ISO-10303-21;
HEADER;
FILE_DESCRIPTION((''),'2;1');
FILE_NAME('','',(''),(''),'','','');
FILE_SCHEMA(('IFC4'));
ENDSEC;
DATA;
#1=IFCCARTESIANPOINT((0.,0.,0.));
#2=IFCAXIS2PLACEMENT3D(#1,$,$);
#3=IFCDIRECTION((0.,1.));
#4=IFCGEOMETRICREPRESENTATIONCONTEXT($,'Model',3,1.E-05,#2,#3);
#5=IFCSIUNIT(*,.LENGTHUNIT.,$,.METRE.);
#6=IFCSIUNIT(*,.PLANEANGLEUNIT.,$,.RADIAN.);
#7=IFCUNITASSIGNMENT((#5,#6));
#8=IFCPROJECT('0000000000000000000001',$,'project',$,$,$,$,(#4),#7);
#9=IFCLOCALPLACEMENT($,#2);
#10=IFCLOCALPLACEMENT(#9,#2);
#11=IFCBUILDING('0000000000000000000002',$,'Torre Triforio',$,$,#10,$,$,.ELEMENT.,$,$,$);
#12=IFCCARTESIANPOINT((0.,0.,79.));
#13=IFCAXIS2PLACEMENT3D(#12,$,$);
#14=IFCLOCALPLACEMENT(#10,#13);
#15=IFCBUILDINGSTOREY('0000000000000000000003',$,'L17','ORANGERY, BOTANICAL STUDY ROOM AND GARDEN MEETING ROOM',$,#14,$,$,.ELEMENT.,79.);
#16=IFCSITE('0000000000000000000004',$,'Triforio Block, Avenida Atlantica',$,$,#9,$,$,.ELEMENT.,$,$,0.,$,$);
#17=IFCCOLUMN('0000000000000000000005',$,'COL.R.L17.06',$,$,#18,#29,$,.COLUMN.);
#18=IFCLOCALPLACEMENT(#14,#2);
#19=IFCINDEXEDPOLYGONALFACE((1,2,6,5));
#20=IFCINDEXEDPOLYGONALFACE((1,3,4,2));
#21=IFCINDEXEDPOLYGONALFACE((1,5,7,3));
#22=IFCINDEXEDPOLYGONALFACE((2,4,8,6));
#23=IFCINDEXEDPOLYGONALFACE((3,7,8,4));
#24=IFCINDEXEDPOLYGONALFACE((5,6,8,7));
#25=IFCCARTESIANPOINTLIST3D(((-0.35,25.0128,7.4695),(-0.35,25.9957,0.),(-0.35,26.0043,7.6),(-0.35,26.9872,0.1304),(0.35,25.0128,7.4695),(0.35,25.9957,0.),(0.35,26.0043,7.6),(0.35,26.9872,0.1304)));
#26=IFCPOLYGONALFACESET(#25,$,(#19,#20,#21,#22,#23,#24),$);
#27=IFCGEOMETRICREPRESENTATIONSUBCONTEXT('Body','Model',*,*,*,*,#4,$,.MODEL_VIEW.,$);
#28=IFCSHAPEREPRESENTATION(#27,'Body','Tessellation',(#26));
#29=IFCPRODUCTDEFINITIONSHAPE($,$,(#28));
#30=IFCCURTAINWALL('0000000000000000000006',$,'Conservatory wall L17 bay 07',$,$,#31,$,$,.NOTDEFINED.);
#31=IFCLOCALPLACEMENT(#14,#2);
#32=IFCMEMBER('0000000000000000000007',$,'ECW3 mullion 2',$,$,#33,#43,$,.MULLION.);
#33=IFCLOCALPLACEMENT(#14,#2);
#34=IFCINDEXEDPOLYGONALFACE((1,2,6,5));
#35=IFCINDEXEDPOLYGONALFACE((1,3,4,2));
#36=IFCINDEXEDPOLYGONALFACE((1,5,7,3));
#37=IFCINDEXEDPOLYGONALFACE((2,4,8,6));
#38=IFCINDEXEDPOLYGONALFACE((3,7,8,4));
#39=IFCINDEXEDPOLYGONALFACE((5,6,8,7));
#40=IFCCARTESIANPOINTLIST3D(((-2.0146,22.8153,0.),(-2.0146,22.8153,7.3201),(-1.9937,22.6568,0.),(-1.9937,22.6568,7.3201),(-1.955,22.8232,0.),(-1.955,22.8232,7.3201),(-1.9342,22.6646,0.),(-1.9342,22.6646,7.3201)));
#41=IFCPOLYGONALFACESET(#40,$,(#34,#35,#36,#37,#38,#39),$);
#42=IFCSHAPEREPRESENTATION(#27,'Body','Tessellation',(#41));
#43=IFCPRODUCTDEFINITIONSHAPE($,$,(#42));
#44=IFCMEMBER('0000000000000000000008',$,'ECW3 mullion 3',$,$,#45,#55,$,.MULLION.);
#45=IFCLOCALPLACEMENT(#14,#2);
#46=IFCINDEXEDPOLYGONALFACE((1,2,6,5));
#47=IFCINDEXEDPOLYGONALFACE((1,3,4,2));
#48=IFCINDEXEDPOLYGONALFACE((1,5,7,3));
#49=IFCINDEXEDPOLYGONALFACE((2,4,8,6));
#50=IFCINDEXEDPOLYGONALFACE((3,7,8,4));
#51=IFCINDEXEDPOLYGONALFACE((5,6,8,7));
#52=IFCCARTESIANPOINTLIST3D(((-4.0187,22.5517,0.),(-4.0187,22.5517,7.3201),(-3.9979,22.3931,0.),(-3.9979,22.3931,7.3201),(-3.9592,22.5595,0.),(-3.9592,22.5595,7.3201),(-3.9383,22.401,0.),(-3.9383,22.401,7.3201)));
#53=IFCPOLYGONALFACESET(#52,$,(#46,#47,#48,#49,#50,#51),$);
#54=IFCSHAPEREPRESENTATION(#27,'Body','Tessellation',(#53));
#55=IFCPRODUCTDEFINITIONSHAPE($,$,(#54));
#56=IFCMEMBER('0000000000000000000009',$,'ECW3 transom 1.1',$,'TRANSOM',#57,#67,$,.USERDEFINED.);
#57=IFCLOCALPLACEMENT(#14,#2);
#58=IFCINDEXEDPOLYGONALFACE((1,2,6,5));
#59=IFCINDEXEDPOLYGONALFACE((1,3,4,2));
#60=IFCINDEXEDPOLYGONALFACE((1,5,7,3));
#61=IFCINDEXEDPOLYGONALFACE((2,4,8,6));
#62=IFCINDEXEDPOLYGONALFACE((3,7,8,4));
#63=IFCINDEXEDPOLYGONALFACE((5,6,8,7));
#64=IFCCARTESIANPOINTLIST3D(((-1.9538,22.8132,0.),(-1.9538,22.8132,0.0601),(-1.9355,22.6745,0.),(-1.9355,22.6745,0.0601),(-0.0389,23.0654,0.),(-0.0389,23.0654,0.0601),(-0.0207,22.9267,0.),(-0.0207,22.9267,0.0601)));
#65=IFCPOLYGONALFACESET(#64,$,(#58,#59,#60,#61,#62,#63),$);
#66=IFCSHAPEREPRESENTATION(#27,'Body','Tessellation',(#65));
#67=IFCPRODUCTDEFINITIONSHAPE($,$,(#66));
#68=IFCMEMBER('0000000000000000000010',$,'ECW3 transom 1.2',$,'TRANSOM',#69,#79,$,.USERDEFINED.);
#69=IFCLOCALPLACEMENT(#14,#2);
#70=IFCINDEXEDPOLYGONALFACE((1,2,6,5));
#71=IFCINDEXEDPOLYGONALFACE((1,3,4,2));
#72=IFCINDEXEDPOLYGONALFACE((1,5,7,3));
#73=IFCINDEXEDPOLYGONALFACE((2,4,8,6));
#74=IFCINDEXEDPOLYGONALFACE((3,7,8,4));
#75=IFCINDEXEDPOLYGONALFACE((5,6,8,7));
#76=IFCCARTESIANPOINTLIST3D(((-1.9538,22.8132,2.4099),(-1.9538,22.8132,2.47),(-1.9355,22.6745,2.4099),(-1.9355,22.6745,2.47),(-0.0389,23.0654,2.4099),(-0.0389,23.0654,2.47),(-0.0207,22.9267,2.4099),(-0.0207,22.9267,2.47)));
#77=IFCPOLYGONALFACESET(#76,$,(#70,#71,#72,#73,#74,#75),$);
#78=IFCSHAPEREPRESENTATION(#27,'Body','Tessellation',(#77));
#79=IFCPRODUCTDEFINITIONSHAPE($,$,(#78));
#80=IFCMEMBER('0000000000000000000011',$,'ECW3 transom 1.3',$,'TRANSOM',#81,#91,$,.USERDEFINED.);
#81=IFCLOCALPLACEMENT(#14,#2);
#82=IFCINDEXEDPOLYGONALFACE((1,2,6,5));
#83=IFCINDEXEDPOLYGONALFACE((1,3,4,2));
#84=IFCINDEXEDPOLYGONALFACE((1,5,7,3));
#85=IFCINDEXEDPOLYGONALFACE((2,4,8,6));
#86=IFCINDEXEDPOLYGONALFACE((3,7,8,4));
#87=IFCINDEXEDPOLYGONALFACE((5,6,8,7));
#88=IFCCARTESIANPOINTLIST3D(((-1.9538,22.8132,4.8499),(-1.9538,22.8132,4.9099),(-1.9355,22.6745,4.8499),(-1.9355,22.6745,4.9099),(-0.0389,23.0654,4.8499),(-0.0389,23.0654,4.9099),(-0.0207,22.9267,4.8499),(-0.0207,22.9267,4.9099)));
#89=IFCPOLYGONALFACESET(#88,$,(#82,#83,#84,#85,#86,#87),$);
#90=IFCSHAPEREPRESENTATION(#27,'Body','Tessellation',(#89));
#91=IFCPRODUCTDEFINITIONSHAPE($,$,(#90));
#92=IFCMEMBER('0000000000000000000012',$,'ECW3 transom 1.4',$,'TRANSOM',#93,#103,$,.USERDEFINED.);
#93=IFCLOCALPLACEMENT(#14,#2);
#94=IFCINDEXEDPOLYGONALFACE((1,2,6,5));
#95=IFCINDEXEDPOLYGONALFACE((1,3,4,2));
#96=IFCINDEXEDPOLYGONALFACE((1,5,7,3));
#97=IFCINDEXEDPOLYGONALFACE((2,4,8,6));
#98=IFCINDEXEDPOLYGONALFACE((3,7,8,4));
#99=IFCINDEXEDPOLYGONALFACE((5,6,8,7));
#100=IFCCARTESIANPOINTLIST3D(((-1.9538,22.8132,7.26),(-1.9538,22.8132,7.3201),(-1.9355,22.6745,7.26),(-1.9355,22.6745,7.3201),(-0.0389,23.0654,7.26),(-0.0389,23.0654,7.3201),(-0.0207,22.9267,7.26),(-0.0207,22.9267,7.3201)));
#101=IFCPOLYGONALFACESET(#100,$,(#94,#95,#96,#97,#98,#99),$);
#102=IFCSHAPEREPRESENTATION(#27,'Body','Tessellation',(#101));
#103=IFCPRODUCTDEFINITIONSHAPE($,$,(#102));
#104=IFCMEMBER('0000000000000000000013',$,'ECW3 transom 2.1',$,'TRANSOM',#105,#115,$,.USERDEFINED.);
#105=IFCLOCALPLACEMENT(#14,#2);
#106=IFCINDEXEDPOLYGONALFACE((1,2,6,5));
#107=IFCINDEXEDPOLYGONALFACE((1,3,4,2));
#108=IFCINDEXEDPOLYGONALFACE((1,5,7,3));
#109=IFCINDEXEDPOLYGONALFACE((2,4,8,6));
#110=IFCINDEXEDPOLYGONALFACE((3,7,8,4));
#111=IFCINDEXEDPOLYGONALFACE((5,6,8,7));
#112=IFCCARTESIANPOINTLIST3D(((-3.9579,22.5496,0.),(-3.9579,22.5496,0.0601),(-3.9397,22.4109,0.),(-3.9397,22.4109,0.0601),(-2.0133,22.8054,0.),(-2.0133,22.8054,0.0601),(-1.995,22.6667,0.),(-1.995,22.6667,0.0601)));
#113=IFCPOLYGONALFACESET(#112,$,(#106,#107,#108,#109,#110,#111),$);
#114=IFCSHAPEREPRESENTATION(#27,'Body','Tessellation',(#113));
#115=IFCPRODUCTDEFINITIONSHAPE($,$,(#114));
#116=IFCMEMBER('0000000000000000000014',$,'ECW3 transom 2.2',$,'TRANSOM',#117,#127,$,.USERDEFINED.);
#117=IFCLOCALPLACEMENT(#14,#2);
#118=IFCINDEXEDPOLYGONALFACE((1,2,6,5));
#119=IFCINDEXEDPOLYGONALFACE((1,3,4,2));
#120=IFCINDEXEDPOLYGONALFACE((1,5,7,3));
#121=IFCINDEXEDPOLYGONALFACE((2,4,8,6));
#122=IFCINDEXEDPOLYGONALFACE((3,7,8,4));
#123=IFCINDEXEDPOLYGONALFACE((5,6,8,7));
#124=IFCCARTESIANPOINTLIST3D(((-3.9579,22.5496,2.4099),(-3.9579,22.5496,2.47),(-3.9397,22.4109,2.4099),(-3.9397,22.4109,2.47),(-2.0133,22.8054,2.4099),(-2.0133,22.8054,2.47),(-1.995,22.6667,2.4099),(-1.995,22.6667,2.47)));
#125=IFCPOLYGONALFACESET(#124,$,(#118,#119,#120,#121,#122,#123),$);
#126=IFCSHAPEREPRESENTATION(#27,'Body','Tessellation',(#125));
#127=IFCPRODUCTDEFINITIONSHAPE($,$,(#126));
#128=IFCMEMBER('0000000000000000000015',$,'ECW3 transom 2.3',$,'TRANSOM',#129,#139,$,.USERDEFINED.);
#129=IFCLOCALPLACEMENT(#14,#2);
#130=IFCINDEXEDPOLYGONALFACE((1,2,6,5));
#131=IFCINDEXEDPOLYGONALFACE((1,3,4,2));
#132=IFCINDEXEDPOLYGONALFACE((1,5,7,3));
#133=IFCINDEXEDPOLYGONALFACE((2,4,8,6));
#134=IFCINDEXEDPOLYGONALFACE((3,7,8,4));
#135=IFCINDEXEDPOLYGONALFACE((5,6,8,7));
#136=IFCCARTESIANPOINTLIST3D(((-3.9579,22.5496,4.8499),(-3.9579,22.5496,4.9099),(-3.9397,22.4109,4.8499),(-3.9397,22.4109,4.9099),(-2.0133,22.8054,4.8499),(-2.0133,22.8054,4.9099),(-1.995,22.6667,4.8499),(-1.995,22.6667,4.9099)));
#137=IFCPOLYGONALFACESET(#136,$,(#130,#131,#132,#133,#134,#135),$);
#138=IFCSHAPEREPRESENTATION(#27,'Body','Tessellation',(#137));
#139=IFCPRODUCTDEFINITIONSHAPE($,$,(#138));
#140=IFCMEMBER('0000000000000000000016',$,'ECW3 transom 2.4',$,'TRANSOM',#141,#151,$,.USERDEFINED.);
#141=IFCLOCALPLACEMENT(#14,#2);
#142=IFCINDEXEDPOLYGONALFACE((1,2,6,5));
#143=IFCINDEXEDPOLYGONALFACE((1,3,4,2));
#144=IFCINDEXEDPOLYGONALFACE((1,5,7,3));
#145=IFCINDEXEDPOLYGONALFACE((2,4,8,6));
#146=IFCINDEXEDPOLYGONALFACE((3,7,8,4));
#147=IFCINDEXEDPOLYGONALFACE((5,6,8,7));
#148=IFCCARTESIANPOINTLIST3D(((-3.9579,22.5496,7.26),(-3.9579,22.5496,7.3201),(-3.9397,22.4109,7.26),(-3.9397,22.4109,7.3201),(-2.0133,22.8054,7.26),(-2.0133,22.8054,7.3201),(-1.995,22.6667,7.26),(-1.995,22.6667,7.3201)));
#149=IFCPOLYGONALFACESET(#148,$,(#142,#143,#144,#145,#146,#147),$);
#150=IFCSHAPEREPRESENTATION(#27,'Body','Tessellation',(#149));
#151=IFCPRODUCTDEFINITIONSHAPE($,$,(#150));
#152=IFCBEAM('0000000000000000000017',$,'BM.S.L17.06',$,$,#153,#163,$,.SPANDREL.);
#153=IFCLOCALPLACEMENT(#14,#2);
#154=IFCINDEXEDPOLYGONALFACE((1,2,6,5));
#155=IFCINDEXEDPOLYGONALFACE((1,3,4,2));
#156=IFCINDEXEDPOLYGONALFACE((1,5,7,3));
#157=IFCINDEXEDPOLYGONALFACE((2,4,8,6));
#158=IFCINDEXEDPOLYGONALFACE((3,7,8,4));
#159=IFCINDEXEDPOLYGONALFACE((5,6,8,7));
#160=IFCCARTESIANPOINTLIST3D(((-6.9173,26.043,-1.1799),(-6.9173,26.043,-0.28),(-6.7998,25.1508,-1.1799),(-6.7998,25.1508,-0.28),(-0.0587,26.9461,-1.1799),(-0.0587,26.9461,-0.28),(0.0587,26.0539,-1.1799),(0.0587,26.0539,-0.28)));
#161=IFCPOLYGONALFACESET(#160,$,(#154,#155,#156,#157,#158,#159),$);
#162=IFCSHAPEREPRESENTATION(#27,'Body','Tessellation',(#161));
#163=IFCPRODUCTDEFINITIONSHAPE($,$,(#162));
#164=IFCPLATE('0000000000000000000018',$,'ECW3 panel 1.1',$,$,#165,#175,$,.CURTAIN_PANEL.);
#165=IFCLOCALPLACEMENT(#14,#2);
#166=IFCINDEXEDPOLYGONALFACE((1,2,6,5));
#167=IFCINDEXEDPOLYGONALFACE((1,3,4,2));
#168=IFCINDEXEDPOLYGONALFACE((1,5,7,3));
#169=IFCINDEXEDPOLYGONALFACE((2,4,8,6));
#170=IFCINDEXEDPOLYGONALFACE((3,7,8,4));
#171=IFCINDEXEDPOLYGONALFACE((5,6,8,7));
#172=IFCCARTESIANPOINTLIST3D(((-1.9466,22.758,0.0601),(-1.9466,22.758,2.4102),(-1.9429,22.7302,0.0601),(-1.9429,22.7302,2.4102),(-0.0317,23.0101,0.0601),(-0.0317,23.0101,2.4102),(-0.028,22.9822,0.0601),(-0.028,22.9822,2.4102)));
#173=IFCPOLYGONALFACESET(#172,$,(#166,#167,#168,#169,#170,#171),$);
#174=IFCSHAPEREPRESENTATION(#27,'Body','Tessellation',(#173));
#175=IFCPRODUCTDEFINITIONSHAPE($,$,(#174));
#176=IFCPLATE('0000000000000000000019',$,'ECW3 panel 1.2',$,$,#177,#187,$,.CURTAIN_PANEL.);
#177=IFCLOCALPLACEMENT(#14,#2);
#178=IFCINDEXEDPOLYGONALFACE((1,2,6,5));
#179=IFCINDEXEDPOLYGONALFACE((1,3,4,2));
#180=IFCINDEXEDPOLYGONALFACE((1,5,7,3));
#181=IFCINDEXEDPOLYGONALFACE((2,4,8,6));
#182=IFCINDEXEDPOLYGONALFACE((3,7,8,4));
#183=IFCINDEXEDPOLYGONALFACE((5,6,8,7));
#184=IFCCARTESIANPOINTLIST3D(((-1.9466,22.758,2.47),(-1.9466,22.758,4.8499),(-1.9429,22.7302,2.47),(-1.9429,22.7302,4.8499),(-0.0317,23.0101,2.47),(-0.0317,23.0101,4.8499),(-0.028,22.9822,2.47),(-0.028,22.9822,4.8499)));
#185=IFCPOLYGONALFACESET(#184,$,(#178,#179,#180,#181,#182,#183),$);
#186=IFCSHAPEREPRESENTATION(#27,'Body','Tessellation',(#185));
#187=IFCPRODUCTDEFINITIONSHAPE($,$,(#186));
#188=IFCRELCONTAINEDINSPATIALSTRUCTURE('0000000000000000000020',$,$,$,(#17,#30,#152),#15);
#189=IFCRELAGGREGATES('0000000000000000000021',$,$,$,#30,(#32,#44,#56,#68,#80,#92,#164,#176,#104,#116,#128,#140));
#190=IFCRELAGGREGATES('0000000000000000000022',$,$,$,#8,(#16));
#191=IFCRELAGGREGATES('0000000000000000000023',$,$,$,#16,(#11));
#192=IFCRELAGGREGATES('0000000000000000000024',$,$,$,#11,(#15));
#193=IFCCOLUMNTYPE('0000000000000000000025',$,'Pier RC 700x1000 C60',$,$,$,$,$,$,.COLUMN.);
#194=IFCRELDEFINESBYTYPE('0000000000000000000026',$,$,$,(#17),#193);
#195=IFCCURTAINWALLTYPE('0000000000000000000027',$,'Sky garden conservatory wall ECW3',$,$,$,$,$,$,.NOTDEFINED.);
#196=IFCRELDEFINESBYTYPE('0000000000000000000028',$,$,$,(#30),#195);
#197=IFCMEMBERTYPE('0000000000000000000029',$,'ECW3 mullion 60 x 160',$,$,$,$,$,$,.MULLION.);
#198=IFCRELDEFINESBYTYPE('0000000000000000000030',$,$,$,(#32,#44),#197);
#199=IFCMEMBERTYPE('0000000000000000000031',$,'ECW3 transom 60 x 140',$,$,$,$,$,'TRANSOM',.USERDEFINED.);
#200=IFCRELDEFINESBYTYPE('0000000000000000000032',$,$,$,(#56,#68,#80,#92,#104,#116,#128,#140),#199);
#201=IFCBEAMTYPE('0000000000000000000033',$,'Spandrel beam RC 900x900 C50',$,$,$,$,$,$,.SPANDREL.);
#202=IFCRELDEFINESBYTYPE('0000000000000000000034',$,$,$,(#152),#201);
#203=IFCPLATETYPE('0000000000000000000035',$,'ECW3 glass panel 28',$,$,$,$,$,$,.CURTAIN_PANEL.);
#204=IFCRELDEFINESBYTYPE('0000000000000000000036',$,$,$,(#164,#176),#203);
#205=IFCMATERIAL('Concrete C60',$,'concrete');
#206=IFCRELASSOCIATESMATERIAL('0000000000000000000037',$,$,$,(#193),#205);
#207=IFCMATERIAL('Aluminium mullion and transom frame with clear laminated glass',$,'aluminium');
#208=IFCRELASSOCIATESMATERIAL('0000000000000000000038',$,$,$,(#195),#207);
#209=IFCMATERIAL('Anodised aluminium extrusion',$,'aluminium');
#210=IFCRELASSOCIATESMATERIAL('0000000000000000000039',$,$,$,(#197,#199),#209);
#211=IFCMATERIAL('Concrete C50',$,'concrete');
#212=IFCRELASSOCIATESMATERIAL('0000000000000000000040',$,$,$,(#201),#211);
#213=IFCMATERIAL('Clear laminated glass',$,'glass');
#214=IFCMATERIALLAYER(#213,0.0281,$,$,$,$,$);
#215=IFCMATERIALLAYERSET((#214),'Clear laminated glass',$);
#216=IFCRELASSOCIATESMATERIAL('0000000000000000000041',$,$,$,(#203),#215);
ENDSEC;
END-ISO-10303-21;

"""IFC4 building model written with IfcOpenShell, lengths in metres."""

from ifc_helpers import new_model, si_unit, direction, frame, origin, origin_2d, place, context, subcontext, project, spatial, rectangle, extrude, material, layer, layer_set, material_profile, profile_set, type_object, element, aggregate, save


model = new_model("IFC4")

# Units and contexts
model_context = context("Model", 3, precision=1e-05, world=origin(), true_north=direction((0.0, 1.0)))
body_context = subcontext(model_context, "Body", "Model", "MODEL_VIEW")
ifc_project = project(units=[si_unit("LENGTHUNIT", "METRE"), si_unit("PLANEANGLEUNIT", "RADIAN")], contexts=[model_context])

# Site, building, storey
site_placement = place(None, origin())
site = spatial("IfcSite", under=ifc_project, at=site_placement, Name="Triforio Block, Avenida Atlantica", CompositionType="ELEMENT", RefElevation=0.0)
building_placement = place(site_placement, origin())
building = spatial("IfcBuilding", under=site, at=building_placement, Name="Torre Triforio", CompositionType="ELEMENT")
storey_placement = place(building_placement, frame((0.0, 0.0, 79.0)))
storey = spatial("IfcBuildingStorey", under=building, at=storey_placement, Name="L17", Description="ORANGERY, BOTANICAL STUDY ROOM AND GARDEN MEETING ROOM", CompositionType="ELEMENT", Elevation=79.0)

# Column
ifc_material_1 = material(Name="Concrete C60", Category="concrete")
ifc_material_profile_1 = material_profile(ifc_material_1, rectangle(XDim=0.7, YDim=1.0, at=origin_2d()), Name="RC 700x1000")
ifc_profile_set_1 = profile_set([ifc_material_profile_1], Name="Concrete C60")
column_type = type_object("IfcColumnType", Name="Pier RC 700x1000 C60", PredefinedType="COLUMN", material=ifc_profile_set_1)
column_placement = place(storey_placement, frame((0.0, 26.4915, 0.0652), z_axis=(0.0, -0.130465, 0.991453), x_axis=(1.0, 0.0, 0.0)))
element("IfcColumn", 1, at=column_placement, inside=storey, type_object=column_type, Name="COL.R.L17.06", PredefinedType="COLUMN", context=body_context, shape_type="SweptSolid", body=[
    extrude(rectangle(XDim=0.7, YDim=1.0, at=origin_2d()), origin(), (0.0, 0.0, 1.0), 7.5339),
])

# Curtain wall, members
ifc_material_2 = material(Name="Aluminium mullion and transom frame with clear laminated glass", Category="aluminium")
curtain_wall_type = type_object("IfcCurtainWallType", Name="Sky garden conservatory wall ECW3", PredefinedType="NOTDEFINED", material=ifc_material_2)
curtain_wall_placement = place(storey_placement, origin())
curtain_wall = element("IfcCurtainWall", 2, at=curtain_wall_placement, inside=storey, type_object=curtain_wall_type, Name="Conservatory wall L17 bay 07", PredefinedType="NOTDEFINED")
ifc_material_3 = material(Name="Anodised aluminium extrusion", Category="aluminium")
ifc_material_profile_2 = material_profile(ifc_material_3, rectangle(XDim=0.1599, YDim=0.0601, at=origin_2d()), Name="ECW3 MULLION 60x160")
ifc_profile_set_2 = profile_set([ifc_material_profile_2], Name="Anodised aluminium extrusion")
member_type_1 = type_object("IfcMemberType", Name="ECW3 mullion 60 x 160", PredefinedType="MULLION", material=ifc_profile_set_2)
member_1_placement = place(storey_placement, frame((-1.9744, 22.74, 0.0), z_axis=(0.0, 0.0, 1.0), x_axis=(0.130521, -0.991446, 0.0)))
member_1 = element("IfcMember", 3, at=member_1_placement, type_object=member_type_1, Name="ECW3 mullion 2", PredefinedType="MULLION", context=body_context, shape_type="SweptSolid", body=[
    extrude(rectangle(XDim=0.1599, YDim=0.0601, at=origin_2d()), origin(), (0.0, 0.0, 1.0), 7.3201),
])
member_2_placement = place(storey_placement, frame((-3.9785, 22.4763, 0.0), z_axis=(0.0, 0.0, 1.0), x_axis=(0.130521, -0.991446, 0.0)))
member_2 = element("IfcMember", 4, at=member_2_placement, type_object=member_type_1, Name="ECW3 mullion 3", PredefinedType="MULLION", context=body_context, shape_type="SweptSolid", body=[
    extrude(rectangle(XDim=0.1599, YDim=0.0601, at=origin_2d()), origin(), (0.0, 0.0, 1.0), 7.3201),
])
ifc_material_profile_3 = material_profile(ifc_material_3, rectangle(XDim=0.1399, YDim=0.0601, at=origin_2d()), Name="ECW3 TRANSOM 60x140")
ifc_profile_set_3 = profile_set([ifc_material_profile_3], Name="Anodised aluminium extrusion")
member_type_2 = type_object("IfcMemberType", Name="ECW3 transom 60 x 140", ElementType="TRANSOM", PredefinedType="USERDEFINED", material=ifc_profile_set_3)
member_3_placement = place(storey_placement, frame((-0.0298, 22.9961, 0.03), z_axis=(-0.991438, -0.130582, 0.0), x_axis=(0.130582, -0.991438, 0.0)))
member_3 = element("IfcMember", 5, at=member_3_placement, type_object=member_type_2, Name="ECW3 transom 1.1", ObjectType="TRANSOM", PredefinedType="USERDEFINED", context=body_context, shape_type="SweptSolid", body=[
    extrude(rectangle(XDim=0.1399, YDim=0.0601, at=origin_2d()), origin(), (0.0, 0.0, 1.0), 1.9314),
])
member_4_placement = place(storey_placement, frame((-0.0298, 22.9961, 2.4399), z_axis=(-0.991438, -0.130582, 0.0), x_axis=(0.130582, -0.991438, 0.0)))
member_4 = element("IfcMember", 6, at=member_4_placement, type_object=member_type_2, Name="ECW3 transom 1.2", ObjectType="TRANSOM", PredefinedType="USERDEFINED", context=body_context, shape_type="SweptSolid", body=[
    extrude(rectangle(XDim=0.1399, YDim=0.0601, at=origin_2d()), origin(), (0.0, 0.0, 1.0), 1.9314),
])
member_5_placement = place(storey_placement, frame((-0.0298, 22.9961, 4.8799), z_axis=(-0.991438, -0.130582, 0.0), x_axis=(0.130582, -0.991438, 0.0)))
member_5 = element("IfcMember", 7, at=member_5_placement, type_object=member_type_2, Name="ECW3 transom 1.3", ObjectType="TRANSOM", PredefinedType="USERDEFINED", context=body_context, shape_type="SweptSolid", body=[
    extrude(rectangle(XDim=0.1399, YDim=0.0601, at=origin_2d()), origin(), (0.0, 0.0, 1.0), 1.9314),
])
member_6_placement = place(storey_placement, frame((-0.0298, 22.9961, 7.29), z_axis=(-0.991438, -0.130582, 0.0), x_axis=(0.130582, -0.991438, 0.0)))
member_6 = element("IfcMember", 8, at=member_6_placement, type_object=member_type_2, Name="ECW3 transom 1.4", ObjectType="TRANSOM", PredefinedType="USERDEFINED", context=body_context, shape_type="SweptSolid", body=[
    extrude(rectangle(XDim=0.1399, YDim=0.0601, at=origin_2d()), origin(), (0.0, 0.0, 1.0), 1.9314),
])
member_7_placement = place(storey_placement, frame((-2.0042, 22.7361, 0.03), z_axis=(-0.991455, -0.130451, 0.0), x_axis=(0.130451, -0.991455, 0.0)))
member_7 = element("IfcMember", 9, at=member_7_placement, type_object=member_type_2, Name="ECW3 transom 2.1", ObjectType="TRANSOM", PredefinedType="USERDEFINED", context=body_context, shape_type="SweptSolid", body=[
    extrude(rectangle(XDim=0.1399, YDim=0.0601, at=origin_2d()), origin(), (0.0, 0.0, 1.0), 1.9614),
])
member_8_placement = place(storey_placement, frame((-2.0042, 22.7361, 2.4399), z_axis=(-0.991455, -0.130451, 0.0), x_axis=(0.130451, -0.991455, 0.0)))
member_8 = element("IfcMember", 10, at=member_8_placement, type_object=member_type_2, Name="ECW3 transom 2.2", ObjectType="TRANSOM", PredefinedType="USERDEFINED", context=body_context, shape_type="SweptSolid", body=[
    extrude(rectangle(XDim=0.1399, YDim=0.0601, at=origin_2d()), origin(), (0.0, 0.0, 1.0), 1.9614),
])
member_9_placement = place(storey_placement, frame((-2.0042, 22.7361, 4.8799), z_axis=(-0.991455, -0.130451, 0.0), x_axis=(0.130451, -0.991455, 0.0)))
member_9 = element("IfcMember", 11, at=member_9_placement, type_object=member_type_2, Name="ECW3 transom 2.3", ObjectType="TRANSOM", PredefinedType="USERDEFINED", context=body_context, shape_type="SweptSolid", body=[
    extrude(rectangle(XDim=0.1399, YDim=0.0601, at=origin_2d()), origin(), (0.0, 0.0, 1.0), 1.9614),
])
member_10_placement = place(storey_placement, frame((-2.0042, 22.7361, 7.29), z_axis=(-0.991455, -0.130451, 0.0), x_axis=(0.130451, -0.991455, 0.0)))
member_10 = element("IfcMember", 12, at=member_10_placement, type_object=member_type_2, Name="ECW3 transom 2.4", ObjectType="TRANSOM", PredefinedType="USERDEFINED", context=body_context, shape_type="SweptSolid", body=[
    extrude(rectangle(XDim=0.1399, YDim=0.0601, at=origin_2d()), origin(), (0.0, 0.0, 1.0), 1.9614),
])

# Beam
ifc_material_4 = material(Name="Concrete C50", Category="concrete")
ifc_material_profile_4 = material_profile(ifc_material_4, rectangle(XDim=0.8999, YDim=0.8999, at=origin_2d()), Name="RC 900x900")
ifc_profile_set_4 = profile_set([ifc_material_profile_4], Name="Concrete C50")
beam_type = type_object("IfcBeamType", Name="Spandrel beam RC 900x900 C50", PredefinedType="SPANDREL", material=ifc_profile_set_4)
beam_placement = place(storey_placement, frame((0.0, 26.5, -0.73), z_axis=(-0.991443, -0.130543, 0.0), x_axis=(0.130543, -0.991443, 0.0)))
element("IfcBeam", 13, at=beam_placement, inside=storey, type_object=beam_type, Name="BM.S.L17.06", PredefinedType="SPANDREL", context=body_context, shape_type="SweptSolid", body=[
    extrude(rectangle(XDim=0.8999, YDim=0.8999, at=origin_2d()), origin(), (0.0, 0.0, 1.0), 6.9177),
])

# Plates
ifc_material_5 = material(Name="Clear laminated glass", Category="glass")
ifc_layer_1 = layer(ifc_material_5, 0.0281)
ifc_layer_set_1 = layer_set([ifc_layer_1], Name="Clear laminated glass")
plate_type = type_object("IfcPlateType", Name="ECW3 glass panel 28", PredefinedType="CURTAIN_PANEL", material=ifc_layer_set_1)
plate_1_placement = place(storey_placement, frame((-0.9873, 22.8701, 0.0601), z_axis=(0.0, 0.0, 1.0), x_axis=(-0.991446, -0.130521, 0.0)))
plate_1 = element("IfcPlate", 14, at=plate_1_placement, type_object=plate_type, Name="ECW3 panel 1.1", PredefinedType="CURTAIN_PANEL", context=body_context, shape_type="SweptSolid", body=[
    extrude(rectangle(XDim=1.9314, YDim=0.0281, at=origin_2d()), origin(), (0.0, 0.0, 1.0), 2.3501),
])
plate_2_placement = place(storey_placement, frame((-0.9873, 22.8701, 2.47), z_axis=(0.0, 0.0, 1.0), x_axis=(-0.991446, -0.130521, 0.0)))
plate_2 = element("IfcPlate", 15, at=plate_2_placement, type_object=plate_type, Name="ECW3 panel 1.2", PredefinedType="CURTAIN_PANEL", context=body_context, shape_type="SweptSolid", body=[
    extrude(rectangle(XDim=1.9314, YDim=0.0281, at=origin_2d()), origin(), (0.0, 0.0, 1.0), 2.3799),
])
aggregate(curtain_wall, [member_1, member_2, member_3, member_4, member_5, member_6, plate_1, plate_2, member_7, member_8, member_9, member_10])

save(model, "model.ifc")
